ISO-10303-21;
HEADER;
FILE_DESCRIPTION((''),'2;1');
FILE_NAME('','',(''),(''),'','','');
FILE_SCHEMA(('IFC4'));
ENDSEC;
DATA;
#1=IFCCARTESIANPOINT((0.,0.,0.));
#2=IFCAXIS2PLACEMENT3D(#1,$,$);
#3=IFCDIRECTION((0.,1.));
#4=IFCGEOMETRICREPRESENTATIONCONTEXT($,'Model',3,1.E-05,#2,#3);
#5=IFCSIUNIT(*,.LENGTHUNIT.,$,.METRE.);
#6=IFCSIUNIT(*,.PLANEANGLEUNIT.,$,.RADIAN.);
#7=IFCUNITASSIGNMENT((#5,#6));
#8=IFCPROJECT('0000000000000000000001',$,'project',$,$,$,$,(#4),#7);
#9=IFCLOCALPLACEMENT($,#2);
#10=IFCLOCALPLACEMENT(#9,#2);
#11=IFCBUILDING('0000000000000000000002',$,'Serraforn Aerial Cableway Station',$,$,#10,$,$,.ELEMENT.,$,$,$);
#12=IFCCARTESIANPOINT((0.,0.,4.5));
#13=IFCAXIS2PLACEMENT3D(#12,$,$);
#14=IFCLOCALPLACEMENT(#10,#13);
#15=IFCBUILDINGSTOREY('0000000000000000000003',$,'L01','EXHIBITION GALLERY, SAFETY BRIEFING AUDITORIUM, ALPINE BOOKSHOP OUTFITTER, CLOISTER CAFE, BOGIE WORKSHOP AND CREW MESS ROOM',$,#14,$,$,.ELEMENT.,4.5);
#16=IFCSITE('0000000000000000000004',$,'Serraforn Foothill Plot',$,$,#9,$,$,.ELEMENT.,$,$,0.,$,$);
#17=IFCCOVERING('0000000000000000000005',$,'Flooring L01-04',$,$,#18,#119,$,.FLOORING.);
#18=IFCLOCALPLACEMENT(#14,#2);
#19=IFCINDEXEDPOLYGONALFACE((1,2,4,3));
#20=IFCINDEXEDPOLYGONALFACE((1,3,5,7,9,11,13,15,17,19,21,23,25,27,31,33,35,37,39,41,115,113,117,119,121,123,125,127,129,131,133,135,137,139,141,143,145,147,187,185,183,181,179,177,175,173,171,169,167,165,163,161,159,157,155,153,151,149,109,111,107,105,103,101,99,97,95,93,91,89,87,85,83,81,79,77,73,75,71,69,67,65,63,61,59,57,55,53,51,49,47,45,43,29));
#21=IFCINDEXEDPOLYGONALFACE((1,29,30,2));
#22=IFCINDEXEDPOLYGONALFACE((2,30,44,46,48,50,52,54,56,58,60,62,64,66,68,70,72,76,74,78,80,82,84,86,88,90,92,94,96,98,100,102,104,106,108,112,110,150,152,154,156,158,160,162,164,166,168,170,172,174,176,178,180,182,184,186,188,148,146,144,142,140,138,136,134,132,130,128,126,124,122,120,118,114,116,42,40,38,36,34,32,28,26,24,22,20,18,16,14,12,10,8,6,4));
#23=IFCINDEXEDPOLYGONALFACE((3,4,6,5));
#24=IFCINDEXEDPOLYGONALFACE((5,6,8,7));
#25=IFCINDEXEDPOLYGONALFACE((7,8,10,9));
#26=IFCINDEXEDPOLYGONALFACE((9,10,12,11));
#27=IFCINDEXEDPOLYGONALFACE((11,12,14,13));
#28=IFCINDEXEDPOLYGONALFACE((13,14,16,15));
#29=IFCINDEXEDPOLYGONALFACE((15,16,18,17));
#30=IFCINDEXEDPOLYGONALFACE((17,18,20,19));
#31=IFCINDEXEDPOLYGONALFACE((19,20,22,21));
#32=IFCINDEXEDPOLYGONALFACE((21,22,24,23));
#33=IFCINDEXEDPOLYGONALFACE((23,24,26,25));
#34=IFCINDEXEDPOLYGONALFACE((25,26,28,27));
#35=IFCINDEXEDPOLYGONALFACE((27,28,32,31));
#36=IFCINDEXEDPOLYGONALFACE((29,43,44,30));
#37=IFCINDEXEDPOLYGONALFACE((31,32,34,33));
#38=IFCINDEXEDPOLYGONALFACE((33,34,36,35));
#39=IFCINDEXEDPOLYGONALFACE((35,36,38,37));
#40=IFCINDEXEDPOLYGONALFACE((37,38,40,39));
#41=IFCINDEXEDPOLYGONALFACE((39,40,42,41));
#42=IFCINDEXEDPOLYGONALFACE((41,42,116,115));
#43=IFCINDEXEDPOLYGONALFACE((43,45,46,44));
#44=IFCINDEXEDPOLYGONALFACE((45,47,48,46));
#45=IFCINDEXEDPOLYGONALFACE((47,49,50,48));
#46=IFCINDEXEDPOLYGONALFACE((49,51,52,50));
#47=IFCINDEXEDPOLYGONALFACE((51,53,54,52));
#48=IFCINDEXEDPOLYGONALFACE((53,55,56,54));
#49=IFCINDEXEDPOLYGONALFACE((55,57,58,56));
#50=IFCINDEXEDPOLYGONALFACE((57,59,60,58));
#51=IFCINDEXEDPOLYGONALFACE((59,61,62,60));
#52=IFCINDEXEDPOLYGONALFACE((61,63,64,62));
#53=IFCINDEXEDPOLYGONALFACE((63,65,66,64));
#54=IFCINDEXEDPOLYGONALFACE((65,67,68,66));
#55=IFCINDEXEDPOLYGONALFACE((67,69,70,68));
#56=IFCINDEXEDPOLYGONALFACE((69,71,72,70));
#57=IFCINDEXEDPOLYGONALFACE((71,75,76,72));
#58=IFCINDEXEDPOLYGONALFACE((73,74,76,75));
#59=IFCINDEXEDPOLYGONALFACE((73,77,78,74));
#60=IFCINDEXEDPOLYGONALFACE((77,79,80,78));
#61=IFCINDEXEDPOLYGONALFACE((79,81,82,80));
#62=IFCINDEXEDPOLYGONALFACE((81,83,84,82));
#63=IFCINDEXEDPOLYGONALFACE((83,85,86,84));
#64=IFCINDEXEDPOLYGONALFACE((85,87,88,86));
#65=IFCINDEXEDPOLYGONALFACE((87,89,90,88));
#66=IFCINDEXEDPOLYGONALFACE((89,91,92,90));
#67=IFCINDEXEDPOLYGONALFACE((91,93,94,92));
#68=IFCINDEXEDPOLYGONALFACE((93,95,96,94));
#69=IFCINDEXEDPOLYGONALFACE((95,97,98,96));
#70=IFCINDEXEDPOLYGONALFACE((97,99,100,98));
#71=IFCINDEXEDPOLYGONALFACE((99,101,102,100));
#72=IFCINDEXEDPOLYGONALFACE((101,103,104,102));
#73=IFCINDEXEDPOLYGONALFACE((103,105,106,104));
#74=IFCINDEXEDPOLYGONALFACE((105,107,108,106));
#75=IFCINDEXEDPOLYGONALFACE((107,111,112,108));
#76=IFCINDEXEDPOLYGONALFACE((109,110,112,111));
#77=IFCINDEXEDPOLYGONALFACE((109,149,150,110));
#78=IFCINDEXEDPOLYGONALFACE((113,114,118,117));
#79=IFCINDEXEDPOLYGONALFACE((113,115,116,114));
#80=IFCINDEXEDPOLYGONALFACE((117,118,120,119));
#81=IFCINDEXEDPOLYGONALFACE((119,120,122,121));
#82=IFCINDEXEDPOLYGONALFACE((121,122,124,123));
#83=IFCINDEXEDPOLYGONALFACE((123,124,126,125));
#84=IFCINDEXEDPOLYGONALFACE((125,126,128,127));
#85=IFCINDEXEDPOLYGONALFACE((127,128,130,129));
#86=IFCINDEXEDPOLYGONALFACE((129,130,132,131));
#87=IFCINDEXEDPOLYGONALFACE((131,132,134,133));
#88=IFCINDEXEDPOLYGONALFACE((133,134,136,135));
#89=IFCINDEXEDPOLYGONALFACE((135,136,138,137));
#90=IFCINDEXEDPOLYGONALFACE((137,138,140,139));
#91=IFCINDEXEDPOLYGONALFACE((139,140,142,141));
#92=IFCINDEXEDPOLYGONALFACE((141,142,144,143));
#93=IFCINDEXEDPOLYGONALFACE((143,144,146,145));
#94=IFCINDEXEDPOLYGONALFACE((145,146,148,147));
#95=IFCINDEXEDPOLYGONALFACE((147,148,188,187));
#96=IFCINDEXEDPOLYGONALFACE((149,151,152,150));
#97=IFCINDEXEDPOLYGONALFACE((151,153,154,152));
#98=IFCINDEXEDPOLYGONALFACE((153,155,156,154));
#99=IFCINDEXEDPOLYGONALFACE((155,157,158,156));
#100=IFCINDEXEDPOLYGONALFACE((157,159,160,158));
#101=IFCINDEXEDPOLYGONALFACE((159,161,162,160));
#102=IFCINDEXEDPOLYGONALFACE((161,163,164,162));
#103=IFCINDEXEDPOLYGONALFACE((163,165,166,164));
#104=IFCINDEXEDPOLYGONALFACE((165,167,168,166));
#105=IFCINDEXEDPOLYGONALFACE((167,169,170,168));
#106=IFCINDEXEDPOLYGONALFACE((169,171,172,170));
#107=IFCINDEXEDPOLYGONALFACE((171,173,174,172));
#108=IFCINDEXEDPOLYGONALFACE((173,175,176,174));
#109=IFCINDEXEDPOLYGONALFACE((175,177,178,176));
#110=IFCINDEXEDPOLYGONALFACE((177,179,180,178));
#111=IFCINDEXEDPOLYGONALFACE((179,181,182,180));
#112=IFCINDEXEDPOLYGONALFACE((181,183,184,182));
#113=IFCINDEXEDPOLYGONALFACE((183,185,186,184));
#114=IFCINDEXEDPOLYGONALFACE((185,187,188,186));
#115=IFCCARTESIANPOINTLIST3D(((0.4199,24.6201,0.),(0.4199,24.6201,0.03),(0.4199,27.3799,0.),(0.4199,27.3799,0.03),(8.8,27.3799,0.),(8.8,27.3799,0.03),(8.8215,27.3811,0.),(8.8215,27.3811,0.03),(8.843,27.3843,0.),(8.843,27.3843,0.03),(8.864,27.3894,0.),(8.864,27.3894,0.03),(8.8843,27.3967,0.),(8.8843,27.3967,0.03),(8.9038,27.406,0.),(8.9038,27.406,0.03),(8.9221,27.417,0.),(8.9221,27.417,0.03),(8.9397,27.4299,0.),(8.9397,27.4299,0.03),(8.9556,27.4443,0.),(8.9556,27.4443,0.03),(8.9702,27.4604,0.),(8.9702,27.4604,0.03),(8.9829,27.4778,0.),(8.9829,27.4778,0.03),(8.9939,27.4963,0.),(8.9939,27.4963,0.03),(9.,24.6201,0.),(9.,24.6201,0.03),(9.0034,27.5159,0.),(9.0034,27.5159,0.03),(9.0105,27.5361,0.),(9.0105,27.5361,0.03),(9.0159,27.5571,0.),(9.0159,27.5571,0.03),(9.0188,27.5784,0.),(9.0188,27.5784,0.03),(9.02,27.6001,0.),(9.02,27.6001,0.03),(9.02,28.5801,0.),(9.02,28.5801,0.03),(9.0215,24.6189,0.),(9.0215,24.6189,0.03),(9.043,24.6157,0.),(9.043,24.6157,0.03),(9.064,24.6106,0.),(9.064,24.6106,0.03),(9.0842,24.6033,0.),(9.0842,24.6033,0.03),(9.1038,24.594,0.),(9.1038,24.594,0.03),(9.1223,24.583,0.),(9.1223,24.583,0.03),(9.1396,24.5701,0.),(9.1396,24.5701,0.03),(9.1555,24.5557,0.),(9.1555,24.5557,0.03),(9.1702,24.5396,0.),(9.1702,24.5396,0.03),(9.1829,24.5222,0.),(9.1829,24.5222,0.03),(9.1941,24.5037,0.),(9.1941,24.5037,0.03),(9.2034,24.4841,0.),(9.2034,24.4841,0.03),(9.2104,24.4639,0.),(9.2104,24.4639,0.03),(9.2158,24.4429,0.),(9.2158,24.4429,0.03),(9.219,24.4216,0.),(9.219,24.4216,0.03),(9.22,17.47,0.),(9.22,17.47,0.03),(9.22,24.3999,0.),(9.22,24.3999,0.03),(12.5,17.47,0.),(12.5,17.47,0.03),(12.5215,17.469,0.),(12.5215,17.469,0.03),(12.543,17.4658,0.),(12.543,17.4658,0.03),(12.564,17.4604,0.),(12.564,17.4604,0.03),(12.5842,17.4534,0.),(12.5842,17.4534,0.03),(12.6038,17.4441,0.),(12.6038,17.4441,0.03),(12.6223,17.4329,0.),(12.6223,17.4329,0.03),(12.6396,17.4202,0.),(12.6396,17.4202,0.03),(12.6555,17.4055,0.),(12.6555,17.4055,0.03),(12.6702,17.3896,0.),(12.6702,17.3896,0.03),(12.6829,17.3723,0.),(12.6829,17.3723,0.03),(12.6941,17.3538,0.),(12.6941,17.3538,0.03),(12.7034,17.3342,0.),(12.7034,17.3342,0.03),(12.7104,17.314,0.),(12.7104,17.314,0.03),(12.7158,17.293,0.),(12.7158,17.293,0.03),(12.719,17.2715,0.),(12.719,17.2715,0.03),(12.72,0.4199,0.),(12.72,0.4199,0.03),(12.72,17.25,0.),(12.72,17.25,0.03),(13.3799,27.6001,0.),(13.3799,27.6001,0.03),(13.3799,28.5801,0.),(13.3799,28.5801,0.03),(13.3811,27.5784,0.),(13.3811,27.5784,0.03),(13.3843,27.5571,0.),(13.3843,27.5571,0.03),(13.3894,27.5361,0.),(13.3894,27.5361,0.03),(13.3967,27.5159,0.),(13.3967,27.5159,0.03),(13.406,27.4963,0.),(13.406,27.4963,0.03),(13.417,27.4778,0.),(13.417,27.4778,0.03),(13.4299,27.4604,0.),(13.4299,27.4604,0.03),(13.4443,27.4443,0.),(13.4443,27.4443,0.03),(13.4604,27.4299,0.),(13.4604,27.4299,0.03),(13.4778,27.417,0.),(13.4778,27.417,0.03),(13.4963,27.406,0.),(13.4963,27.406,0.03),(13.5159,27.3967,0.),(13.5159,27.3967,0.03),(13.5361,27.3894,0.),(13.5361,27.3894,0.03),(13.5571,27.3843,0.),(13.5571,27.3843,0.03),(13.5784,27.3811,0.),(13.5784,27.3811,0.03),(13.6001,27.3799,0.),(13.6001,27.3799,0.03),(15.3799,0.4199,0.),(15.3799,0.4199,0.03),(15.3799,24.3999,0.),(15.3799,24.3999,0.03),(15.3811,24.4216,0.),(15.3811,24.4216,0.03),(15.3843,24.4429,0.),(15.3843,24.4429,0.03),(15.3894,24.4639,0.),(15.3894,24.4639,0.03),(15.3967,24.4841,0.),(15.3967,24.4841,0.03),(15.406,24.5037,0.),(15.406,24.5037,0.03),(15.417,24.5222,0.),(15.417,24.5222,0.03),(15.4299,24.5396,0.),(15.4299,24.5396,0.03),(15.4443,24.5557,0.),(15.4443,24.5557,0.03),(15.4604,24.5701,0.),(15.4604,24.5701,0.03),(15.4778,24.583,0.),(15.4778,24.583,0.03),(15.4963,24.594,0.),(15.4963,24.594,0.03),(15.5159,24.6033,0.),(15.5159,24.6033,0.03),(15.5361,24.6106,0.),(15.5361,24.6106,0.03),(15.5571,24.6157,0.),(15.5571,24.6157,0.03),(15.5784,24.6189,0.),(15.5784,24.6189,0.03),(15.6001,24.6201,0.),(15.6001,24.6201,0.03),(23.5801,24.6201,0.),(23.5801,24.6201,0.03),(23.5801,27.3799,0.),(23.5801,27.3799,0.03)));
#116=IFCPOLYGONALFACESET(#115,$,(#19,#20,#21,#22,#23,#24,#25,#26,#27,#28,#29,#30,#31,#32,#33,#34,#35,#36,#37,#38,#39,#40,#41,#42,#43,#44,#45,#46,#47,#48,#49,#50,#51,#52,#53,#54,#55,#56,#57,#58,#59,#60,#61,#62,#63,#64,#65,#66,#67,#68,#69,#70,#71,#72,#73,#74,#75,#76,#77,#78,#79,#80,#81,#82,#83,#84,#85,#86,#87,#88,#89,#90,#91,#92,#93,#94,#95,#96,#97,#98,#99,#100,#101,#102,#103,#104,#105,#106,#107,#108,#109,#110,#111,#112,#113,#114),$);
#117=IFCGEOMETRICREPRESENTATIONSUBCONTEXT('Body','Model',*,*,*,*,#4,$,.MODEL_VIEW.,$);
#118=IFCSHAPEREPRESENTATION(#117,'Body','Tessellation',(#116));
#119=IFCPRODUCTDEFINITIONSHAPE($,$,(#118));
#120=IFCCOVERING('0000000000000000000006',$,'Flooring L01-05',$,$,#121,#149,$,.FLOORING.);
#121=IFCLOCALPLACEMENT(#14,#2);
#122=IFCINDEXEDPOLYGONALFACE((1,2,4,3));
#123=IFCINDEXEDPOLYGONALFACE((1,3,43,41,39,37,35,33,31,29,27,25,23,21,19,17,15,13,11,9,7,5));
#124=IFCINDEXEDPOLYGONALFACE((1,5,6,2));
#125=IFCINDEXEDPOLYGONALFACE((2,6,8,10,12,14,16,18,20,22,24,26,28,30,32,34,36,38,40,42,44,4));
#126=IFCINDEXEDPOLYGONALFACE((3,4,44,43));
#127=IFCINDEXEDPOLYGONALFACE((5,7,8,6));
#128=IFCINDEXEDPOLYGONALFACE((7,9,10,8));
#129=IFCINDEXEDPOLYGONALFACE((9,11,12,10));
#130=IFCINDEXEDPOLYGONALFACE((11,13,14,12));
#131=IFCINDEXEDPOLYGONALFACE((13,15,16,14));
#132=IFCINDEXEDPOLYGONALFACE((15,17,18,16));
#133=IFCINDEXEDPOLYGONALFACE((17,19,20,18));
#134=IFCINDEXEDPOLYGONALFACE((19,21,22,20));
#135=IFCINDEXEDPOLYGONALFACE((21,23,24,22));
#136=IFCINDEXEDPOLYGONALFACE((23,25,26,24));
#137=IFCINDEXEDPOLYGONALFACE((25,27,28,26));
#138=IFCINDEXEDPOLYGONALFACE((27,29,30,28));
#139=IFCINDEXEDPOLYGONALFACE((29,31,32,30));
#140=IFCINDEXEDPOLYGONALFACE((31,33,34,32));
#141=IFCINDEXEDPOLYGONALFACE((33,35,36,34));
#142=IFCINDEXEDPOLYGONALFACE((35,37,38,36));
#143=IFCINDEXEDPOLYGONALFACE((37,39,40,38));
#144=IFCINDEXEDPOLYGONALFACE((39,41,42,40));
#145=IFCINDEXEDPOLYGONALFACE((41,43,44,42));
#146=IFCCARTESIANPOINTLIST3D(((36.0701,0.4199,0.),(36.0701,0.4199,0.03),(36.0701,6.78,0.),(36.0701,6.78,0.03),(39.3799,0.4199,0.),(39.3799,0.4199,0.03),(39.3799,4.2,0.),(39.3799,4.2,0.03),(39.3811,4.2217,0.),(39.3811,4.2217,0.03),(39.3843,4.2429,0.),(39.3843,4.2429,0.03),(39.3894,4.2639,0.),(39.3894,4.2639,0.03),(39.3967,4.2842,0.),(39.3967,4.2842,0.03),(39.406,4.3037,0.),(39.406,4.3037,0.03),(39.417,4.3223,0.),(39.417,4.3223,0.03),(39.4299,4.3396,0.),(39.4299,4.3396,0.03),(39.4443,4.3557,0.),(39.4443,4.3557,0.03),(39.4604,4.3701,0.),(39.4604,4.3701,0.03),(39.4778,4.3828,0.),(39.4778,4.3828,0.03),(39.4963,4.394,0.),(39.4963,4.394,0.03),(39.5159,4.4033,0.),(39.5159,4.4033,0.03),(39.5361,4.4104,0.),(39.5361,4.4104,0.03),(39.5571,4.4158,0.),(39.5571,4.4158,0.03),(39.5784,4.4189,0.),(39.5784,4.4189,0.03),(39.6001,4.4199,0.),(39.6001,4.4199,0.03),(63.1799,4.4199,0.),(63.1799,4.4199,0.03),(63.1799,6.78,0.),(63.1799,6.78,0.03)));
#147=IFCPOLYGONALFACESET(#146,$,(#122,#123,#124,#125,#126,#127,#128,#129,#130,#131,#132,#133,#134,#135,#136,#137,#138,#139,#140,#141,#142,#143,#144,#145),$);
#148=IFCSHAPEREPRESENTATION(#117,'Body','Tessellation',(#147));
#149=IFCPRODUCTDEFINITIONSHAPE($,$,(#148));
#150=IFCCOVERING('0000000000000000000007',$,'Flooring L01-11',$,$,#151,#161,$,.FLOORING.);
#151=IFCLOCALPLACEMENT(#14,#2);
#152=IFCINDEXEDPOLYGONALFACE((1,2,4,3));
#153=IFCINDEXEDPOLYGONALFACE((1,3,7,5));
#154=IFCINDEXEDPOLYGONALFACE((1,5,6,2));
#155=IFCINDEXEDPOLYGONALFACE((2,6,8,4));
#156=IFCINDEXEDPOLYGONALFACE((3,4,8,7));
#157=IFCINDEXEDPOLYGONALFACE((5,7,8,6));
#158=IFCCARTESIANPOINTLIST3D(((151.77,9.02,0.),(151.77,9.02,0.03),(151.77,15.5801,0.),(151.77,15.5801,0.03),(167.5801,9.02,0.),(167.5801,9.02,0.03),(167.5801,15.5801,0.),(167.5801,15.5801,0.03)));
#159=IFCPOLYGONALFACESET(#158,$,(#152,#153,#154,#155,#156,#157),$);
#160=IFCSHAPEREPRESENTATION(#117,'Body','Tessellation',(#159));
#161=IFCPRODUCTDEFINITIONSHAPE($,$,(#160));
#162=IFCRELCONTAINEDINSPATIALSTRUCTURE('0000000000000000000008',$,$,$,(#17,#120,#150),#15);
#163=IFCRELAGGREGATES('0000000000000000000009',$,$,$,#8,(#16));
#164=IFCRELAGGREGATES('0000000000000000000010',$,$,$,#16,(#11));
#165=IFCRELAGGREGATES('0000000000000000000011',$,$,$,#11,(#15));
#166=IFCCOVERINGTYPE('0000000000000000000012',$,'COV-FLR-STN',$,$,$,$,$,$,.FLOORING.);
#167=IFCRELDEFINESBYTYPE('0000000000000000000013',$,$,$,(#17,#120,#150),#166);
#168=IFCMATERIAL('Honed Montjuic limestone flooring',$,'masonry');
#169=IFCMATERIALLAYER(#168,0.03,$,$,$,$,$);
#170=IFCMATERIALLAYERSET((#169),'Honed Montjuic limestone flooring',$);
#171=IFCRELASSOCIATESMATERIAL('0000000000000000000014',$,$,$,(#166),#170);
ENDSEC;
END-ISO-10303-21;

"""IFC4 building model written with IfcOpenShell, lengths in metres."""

from ifc_helpers import new_model, si_unit, direction, frame, origin, place, context, subcontext, project, spatial, polyline, outline, extrude, material, layer, layer_set, type_object, element, save


model = new_model("IFC4")

# Units and contexts
model_context = context("Model", 3, precision=1e-05, world=origin(), true_north=direction((0.0, 1.0)))
body_context = subcontext(model_context, "Body", "Model", "MODEL_VIEW")
ifc_project = project(units=[si_unit("LENGTHUNIT", "METRE"), si_unit("PLANEANGLEUNIT", "RADIAN")], contexts=[model_context])

# Site, building, storey
site_placement = place(None, origin())
site = spatial("IfcSite", under=ifc_project, at=site_placement, Name="Serraforn Foothill Plot", CompositionType="ELEMENT", RefElevation=0.0)
building_placement = place(site_placement, origin())
building = spatial("IfcBuilding", under=site, at=building_placement, Name="Serraforn Aerial Cableway Station", CompositionType="ELEMENT")
storey_placement = place(building_placement, frame((0.0, 0.0, 4.5)))
storey = spatial("IfcBuildingStorey", under=building, at=storey_placement, Name="L01", Description="EXHIBITION GALLERY, SAFETY BRIEFING AUDITORIUM, ALPINE BOOKSHOP OUTFITTER, CLOISTER CAFE, BOGIE WORKSHOP AND CREW MESS ROOM", CompositionType="ELEMENT", Elevation=4.5)

# Coverings
ifc_material_1 = material(Name="Honed Montjuic limestone flooring", Category="masonry")
ifc_layer_1 = layer(ifc_material_1, 0.03)
ifc_layer_set_1 = layer_set([ifc_layer_1], Name="Honed Montjuic limestone flooring")
covering_type_1 = type_object("IfcCoveringType", Name="COV-FLR-STN", PredefinedType="FLOORING", material=ifc_layer_set_1)
covering_1_placement = place(storey_placement, origin())
element("IfcCovering", 1, at=covering_1_placement, inside=storey, type_object=covering_type_1, Name="Flooring L01-04", PredefinedType="FLOORING", context=body_context, shape_type="SweptSolid", body=[
    extrude(outline(polyline([(12.72, 0.4199), (12.72, 17.25), (12.719, 17.2715), (12.7158, 17.293), (12.7104, 17.314), (12.7034, 17.3342), (12.6941, 17.3538), (12.6829, 17.3723), (12.6702, 17.3896), (12.6555, 17.4055), (12.6396, 17.4202), (12.6223, 17.4329), (12.6038, 17.4441), (12.5842, 17.4534), (12.564, 17.4604), (12.543, 17.4658), (12.5215, 17.469), (12.5, 17.47), (9.22, 17.47), (9.22, 24.3999), (9.219, 24.4216), (9.2158, 24.4429), (9.2104, 24.4639), (9.2034, 24.4841), (9.1941, 24.5037), (9.1829, 24.5222), (9.1702, 24.5396), (9.1555, 24.5557), (9.1396, 24.5701), (9.1223, 24.583), (9.1038, 24.594), (9.0842, 24.6033), (9.064, 24.6106), (9.043, 24.6157), (9.0215, 24.6189), (9.0, 24.6201), (0.4199, 24.6201), (0.4199, 27.3799), (8.8, 27.3799), (8.8215, 27.3811), (8.843, 27.3843), (8.864, 27.3894), (8.8843, 27.3967), (8.9038, 27.406), (8.9221, 27.417), (8.9397, 27.4299), (8.9556, 27.4443), (8.9702, 27.4604), (8.9829, 27.4778), (8.9939, 27.4963), (9.0034, 27.5159), (9.0105, 27.5361), (9.0159, 27.5571), (9.0188, 27.5784), (9.02, 27.6001), (9.02, 28.5801), (13.3799, 28.5801), (13.3799, 27.6001), (13.3811, 27.5784), (13.3843, 27.5571), (13.3894, 27.5361), (13.3967, 27.5159), (13.406, 27.4963), (13.417, 27.4778), (13.4299, 27.4604), (13.4443, 27.4443), (13.4604, 27.4299), (13.4778, 27.417), (13.4963, 27.406), (13.5159, 27.3967), (13.5361, 27.3894), (13.5571, 27.3843), (13.5784, 27.3811), (13.6001, 27.3799), (23.5801, 27.3799), (23.5801, 24.6201), (15.6001, 24.6201), (15.5784, 24.6189), (15.5571, 24.6157), (15.5361, 24.6106), (15.5159, 24.6033), (15.4963, 24.594), (15.4778, 24.583), (15.4604, 24.5701), (15.4443, 24.5557), (15.4299, 24.5396), (15.417, 24.5222), (15.406, 24.5037), (15.3967, 24.4841), (15.3894, 24.4639), (15.3843, 24.4429), (15.3811, 24.4216), (15.3799, 24.3999), (15.3799, 0.4199), (12.72, 0.4199)])), origin(), (0.0, 0.0, 1.0), 0.03),
])
covering_2_placement = place(storey_placement, origin())
element("IfcCovering", 2, at=covering_2_placement, inside=storey, type_object=covering_type_1, Name="Flooring L01-05", PredefinedType="FLOORING", context=body_context, shape_type="SweptSolid", body=[
    extrude(outline(polyline([(36.0701, 0.4199), (36.0701, 6.78), (63.1799, 6.78), (63.1799, 4.4199), (39.6001, 4.4199), (39.5784, 4.4189), (39.5571, 4.4158), (39.5361, 4.4104), (39.5159, 4.4033), (39.4963, 4.394), (39.4778, 4.3828), (39.4604, 4.3701), (39.4443, 4.3557), (39.4299, 4.3396), (39.417, 4.3223), (39.406, 4.3037), (39.3967, 4.2842), (39.3894, 4.2639), (39.3843, 4.2429), (39.3811, 4.2217), (39.3799, 4.2), (39.3799, 0.4199), (36.0701, 0.4199)])), origin(), (0.0, 0.0, 1.0), 0.03),
])
covering_3_placement = place(storey_placement, origin())
element("IfcCovering", 3, at=covering_3_placement, inside=storey, type_object=covering_type_1, Name="Flooring L01-11", PredefinedType="FLOORING", context=body_context, shape_type="SweptSolid", body=[
    extrude(outline(polyline([(151.77, 9.02), (151.77, 15.5801), (167.5801, 15.5801), (167.5801, 9.02), (151.77, 9.02)])), origin(), (0.0, 0.0, 1.0), 0.03),
])

save(model, "model.ifc")
